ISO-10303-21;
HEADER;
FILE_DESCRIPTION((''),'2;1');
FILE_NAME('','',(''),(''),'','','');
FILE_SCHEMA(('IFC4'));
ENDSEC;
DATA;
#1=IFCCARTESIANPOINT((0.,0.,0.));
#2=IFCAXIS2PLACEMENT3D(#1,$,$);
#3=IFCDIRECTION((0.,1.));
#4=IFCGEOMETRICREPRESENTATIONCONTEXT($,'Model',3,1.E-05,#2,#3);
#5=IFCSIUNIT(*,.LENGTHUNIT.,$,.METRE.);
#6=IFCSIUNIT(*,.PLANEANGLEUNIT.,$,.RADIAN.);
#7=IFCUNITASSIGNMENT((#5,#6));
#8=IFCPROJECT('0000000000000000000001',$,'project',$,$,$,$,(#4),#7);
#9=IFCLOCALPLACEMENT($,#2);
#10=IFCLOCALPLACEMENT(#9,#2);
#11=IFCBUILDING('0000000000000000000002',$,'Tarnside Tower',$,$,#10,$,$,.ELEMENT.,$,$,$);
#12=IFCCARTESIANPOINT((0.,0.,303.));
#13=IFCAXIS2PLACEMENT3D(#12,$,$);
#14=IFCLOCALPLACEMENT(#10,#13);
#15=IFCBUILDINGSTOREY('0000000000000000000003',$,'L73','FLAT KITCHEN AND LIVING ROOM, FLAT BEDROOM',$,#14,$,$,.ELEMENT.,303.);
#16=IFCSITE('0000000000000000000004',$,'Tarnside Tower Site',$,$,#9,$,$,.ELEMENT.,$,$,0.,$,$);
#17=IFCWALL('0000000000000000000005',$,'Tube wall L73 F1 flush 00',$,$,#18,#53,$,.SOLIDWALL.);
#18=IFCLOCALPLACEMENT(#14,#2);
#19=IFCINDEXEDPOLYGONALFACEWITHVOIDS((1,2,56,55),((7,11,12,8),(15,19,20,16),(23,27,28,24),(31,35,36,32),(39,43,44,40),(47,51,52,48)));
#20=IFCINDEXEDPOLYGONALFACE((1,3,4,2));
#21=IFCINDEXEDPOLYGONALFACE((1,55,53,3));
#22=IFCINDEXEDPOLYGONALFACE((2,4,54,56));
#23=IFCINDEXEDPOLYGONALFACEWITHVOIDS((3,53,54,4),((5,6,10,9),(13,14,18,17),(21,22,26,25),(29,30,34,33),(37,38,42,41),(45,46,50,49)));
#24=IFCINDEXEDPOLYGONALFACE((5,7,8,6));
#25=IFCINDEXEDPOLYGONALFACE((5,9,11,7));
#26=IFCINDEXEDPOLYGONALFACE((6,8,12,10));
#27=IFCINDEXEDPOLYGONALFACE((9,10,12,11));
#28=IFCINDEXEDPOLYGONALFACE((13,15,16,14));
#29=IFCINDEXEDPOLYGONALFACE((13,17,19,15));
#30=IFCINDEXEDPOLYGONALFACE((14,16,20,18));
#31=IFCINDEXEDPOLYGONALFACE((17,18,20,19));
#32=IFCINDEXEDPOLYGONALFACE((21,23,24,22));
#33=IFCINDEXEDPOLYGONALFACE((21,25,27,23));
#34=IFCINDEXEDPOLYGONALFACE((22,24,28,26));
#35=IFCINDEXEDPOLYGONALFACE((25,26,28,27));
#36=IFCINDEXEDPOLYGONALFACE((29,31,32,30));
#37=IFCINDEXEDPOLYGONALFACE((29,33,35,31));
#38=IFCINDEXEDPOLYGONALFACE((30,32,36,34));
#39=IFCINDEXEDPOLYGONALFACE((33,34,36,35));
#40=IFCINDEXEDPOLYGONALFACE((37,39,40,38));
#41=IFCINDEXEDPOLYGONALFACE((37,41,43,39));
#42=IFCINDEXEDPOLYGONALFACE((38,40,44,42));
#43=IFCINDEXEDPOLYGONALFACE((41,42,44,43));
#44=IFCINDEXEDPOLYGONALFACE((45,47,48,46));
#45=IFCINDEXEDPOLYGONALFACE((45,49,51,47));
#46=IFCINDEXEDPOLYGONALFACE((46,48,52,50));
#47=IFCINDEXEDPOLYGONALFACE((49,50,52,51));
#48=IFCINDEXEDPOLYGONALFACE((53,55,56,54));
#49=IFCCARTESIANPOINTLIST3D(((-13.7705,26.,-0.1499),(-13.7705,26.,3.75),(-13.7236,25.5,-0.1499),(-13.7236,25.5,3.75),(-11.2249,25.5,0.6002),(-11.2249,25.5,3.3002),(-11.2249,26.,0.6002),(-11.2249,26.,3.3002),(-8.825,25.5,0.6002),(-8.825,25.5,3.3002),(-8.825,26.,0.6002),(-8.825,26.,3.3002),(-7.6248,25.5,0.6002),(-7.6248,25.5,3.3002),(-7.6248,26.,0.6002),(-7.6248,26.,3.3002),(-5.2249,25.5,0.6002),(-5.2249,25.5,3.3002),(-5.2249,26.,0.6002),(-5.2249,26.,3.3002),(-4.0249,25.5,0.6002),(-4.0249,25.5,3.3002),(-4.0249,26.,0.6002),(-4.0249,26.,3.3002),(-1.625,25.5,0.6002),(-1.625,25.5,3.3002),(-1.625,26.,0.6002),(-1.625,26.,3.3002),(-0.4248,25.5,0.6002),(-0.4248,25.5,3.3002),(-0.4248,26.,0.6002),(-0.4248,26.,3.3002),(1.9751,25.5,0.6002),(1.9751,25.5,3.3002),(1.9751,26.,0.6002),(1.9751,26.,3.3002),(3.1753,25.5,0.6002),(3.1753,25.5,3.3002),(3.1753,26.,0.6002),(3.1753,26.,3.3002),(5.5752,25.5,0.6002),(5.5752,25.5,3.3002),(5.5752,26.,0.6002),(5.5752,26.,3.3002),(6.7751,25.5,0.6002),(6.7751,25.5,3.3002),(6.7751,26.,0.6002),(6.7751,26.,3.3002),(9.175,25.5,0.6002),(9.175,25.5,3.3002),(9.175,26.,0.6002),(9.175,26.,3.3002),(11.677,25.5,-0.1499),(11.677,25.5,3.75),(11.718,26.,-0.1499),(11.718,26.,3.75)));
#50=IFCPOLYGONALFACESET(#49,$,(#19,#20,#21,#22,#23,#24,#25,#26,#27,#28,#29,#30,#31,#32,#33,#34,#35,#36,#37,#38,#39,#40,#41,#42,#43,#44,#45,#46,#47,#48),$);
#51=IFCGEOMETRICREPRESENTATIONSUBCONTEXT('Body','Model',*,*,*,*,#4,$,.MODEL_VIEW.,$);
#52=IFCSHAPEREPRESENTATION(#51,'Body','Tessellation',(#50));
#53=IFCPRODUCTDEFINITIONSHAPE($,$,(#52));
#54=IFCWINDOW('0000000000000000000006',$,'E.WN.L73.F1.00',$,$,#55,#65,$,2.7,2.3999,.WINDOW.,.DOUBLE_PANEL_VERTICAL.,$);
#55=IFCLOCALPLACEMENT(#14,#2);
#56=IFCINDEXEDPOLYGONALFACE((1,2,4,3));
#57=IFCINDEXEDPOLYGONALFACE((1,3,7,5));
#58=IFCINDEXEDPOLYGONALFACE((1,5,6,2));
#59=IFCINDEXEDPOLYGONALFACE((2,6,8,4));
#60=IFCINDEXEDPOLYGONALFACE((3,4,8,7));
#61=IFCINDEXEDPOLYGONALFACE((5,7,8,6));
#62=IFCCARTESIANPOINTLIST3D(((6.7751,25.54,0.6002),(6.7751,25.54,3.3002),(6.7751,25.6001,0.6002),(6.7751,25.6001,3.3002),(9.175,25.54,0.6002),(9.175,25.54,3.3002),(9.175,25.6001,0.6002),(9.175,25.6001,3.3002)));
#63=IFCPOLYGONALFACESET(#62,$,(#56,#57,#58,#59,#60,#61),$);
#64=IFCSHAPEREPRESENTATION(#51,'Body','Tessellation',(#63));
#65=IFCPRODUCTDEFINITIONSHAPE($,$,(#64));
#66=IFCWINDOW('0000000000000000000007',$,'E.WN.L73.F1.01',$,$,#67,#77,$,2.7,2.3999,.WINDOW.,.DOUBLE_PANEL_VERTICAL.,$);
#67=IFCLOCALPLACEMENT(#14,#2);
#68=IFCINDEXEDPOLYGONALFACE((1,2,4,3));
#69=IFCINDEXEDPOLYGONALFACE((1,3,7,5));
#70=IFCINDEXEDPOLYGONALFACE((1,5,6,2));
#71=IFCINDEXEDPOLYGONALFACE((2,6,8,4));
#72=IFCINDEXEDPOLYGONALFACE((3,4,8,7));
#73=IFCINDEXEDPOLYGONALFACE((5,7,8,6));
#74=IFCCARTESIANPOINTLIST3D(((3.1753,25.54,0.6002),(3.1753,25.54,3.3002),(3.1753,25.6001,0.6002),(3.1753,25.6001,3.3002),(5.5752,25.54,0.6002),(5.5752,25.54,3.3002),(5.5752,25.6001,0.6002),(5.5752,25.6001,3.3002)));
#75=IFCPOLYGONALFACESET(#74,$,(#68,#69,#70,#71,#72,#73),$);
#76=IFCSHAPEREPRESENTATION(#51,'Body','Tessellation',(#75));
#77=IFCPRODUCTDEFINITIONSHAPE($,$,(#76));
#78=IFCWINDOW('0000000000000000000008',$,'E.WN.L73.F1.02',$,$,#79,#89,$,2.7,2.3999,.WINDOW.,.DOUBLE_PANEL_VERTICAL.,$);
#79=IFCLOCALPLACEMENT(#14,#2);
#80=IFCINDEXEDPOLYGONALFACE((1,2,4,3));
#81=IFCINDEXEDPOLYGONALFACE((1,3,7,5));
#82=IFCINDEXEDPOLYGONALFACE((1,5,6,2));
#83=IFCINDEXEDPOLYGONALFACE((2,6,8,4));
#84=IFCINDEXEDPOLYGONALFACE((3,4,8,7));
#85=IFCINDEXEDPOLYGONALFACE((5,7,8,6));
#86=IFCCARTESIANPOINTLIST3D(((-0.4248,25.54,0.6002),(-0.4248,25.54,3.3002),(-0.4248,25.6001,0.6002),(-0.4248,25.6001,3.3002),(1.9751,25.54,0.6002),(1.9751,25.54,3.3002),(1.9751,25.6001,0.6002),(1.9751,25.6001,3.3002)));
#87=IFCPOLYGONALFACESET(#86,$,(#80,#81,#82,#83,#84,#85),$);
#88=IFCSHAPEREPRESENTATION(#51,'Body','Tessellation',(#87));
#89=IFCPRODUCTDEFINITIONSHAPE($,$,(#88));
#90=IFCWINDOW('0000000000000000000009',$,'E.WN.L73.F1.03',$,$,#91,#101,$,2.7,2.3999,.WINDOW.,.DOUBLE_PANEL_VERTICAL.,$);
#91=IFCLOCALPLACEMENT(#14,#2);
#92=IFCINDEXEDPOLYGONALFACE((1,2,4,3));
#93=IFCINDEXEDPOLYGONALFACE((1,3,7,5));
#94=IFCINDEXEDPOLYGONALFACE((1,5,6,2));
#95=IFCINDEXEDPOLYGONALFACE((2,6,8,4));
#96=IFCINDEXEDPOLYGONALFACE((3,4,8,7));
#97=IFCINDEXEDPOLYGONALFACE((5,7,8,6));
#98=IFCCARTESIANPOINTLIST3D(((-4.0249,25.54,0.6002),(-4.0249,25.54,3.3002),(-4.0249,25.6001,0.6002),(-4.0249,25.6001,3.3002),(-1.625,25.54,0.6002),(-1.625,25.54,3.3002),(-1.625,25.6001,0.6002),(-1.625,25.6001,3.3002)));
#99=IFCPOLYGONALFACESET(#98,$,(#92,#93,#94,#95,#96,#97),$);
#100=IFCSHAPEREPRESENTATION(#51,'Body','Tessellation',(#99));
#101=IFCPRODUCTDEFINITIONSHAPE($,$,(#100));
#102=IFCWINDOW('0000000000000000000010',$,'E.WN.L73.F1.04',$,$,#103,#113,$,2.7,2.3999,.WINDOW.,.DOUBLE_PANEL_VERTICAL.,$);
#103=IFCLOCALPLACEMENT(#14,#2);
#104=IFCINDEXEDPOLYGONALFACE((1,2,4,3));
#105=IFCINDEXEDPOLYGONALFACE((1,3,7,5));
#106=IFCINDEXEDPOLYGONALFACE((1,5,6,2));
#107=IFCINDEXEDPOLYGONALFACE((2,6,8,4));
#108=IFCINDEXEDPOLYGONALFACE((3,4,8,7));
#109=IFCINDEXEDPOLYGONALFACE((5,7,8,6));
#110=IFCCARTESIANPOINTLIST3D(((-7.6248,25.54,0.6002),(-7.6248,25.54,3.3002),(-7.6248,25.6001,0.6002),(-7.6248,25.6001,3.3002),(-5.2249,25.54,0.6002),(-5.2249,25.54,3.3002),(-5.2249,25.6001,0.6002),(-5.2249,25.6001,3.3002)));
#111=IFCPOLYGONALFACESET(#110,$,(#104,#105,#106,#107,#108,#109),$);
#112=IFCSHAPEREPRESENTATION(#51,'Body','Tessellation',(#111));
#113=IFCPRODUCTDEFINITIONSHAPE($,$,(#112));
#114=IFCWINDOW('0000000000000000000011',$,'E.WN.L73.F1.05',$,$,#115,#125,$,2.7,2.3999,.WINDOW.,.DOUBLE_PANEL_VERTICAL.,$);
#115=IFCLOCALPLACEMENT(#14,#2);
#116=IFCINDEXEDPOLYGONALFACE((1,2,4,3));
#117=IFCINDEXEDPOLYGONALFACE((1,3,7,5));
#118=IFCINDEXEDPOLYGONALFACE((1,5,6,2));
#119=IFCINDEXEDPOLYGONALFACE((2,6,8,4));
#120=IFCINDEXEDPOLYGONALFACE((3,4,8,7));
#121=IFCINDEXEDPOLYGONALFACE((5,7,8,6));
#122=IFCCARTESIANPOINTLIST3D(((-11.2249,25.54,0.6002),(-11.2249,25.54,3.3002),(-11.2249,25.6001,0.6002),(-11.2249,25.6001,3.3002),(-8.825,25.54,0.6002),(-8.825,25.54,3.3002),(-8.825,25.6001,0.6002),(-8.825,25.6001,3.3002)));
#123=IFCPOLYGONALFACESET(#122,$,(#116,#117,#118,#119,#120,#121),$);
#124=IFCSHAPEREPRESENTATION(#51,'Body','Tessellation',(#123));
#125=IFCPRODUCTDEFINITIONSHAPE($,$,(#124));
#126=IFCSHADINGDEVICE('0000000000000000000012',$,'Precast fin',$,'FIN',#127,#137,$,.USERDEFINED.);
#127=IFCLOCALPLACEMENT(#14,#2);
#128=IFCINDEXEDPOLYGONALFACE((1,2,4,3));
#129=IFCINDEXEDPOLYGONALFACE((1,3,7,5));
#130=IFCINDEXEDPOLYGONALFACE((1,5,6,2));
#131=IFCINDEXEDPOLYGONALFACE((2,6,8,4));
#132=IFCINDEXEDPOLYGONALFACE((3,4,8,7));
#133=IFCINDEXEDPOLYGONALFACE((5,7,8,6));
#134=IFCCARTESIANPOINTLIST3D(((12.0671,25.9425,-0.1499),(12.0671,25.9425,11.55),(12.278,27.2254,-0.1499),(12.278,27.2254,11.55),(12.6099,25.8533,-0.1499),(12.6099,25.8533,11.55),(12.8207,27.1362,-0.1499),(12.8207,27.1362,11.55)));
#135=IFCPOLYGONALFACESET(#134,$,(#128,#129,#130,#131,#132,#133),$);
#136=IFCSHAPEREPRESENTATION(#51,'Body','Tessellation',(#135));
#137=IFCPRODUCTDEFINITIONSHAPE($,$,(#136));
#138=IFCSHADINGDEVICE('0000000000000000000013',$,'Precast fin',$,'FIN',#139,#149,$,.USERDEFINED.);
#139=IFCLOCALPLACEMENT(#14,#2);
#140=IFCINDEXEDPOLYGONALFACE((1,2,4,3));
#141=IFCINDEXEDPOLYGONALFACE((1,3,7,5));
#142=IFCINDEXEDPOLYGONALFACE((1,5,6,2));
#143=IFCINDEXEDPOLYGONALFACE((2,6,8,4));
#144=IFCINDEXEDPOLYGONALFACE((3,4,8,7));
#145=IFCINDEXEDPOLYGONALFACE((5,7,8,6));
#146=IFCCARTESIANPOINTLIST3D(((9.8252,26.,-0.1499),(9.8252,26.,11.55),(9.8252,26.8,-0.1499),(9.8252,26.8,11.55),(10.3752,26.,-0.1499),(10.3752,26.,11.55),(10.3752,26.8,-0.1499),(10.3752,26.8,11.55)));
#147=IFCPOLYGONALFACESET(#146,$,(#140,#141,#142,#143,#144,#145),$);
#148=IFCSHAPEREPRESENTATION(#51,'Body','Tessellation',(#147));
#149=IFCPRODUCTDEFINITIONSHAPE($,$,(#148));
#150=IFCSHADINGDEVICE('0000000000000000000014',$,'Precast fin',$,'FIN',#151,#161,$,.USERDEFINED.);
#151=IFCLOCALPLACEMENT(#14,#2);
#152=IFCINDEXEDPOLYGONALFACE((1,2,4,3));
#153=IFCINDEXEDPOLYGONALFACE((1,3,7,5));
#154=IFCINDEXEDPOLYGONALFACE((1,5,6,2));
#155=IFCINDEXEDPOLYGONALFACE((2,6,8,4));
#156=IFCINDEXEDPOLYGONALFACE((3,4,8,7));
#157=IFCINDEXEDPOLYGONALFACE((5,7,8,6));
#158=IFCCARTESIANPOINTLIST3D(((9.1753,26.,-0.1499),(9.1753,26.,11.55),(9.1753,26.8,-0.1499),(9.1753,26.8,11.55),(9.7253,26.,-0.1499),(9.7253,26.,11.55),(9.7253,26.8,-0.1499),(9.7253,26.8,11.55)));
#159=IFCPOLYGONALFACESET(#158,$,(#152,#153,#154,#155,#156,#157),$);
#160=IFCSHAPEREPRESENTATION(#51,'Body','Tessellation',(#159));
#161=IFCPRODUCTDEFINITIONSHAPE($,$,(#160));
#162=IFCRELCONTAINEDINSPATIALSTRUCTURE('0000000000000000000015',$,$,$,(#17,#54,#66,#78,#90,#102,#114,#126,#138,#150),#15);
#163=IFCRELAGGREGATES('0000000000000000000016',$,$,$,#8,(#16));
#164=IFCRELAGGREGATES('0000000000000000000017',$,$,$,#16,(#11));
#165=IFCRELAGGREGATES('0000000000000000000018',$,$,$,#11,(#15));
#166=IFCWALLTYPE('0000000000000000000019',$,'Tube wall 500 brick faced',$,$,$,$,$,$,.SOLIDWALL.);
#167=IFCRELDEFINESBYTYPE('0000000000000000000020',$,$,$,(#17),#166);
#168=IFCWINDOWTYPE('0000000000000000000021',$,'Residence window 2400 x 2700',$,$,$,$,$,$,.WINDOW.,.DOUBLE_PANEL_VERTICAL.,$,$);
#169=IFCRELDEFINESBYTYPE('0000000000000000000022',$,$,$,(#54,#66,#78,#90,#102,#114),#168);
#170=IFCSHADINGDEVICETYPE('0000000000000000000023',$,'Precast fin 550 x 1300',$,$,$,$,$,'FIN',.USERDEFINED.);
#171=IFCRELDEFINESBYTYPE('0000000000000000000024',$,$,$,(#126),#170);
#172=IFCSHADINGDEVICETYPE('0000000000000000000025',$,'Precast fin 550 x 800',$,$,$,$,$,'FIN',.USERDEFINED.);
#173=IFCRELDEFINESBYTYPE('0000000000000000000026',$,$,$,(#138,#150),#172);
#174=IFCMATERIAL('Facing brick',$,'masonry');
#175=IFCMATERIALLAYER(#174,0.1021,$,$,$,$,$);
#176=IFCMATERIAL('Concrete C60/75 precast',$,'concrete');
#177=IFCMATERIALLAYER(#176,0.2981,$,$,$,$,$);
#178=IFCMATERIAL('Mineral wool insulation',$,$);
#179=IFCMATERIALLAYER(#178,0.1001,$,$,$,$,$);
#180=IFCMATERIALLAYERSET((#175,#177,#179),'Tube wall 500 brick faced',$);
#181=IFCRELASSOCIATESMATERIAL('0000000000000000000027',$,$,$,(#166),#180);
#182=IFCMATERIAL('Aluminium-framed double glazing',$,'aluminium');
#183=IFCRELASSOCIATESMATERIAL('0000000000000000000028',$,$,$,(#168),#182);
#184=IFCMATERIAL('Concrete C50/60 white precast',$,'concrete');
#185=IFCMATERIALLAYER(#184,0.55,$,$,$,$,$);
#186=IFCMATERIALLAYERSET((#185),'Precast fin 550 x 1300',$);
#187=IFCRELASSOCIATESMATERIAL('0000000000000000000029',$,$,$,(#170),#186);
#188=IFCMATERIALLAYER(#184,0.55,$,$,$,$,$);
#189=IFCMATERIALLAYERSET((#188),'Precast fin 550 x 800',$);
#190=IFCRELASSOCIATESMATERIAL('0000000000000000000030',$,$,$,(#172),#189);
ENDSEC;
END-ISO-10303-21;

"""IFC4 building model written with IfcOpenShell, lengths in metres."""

from ifc_helpers import new_model, si_unit, direction, frame, frame_2d, origin, place, context, subcontext, project, spatial, polyline, rectangle, outline, extrude, material, layer, layer_set, type_object, element, fill, save


model = new_model("IFC4")

# Units and contexts
model_context = context("Model", 3, precision=1e-05, world=origin(), true_north=direction((0.0, 1.0)))
body_context = subcontext(model_context, "Body", "Model", "MODEL_VIEW")
ifc_project = project(units=[si_unit("LENGTHUNIT", "METRE"), si_unit("PLANEANGLEUNIT", "RADIAN")], contexts=[model_context])

# Site, building, storey
site_placement = place(None, origin())
site = spatial("IfcSite", under=ifc_project, at=site_placement, Name="Tarnside Tower Site", CompositionType="ELEMENT", RefElevation=0.0)
building_placement = place(site_placement, origin())
building = spatial("IfcBuilding", under=site, at=building_placement, Name="Tarnside Tower", CompositionType="ELEMENT")
storey_placement = place(building_placement, frame((0.0, 0.0, 303.0)))
storey = spatial("IfcBuildingStorey", under=building, at=storey_placement, Name="L73", Description="FLAT KITCHEN AND LIVING ROOM, FLAT BEDROOM", CompositionType="ELEMENT", Elevation=303.0)

# Wall, openings, windows
ifc_material_1 = material(Name="Facing brick", Category="masonry")
ifc_layer_1 = layer(ifc_material_1, 0.1021)
ifc_material_2 = material(Name="Concrete C60/75 precast", Category="concrete")
ifc_layer_2 = layer(ifc_material_2, 0.2981)
ifc_material_3 = material(Name="Mineral wool insulation")
ifc_layer_3 = layer(ifc_material_3, 0.1001)
ifc_layer_set_1 = layer_set([ifc_layer_1, ifc_layer_2, ifc_layer_3], Name="Tube wall 500 brick faced")
wall_type_1 = type_object("IfcWallType", Name="Tube wall 500 brick faced", PredefinedType="SOLIDWALL", material=ifc_layer_set_1)
wall_1_placement = place(storey_placement, frame((11.6975, 25.75, -0.1499), z_axis=(0.0, 0.0, 1.0), x_axis=(-1.0, 0.0, 0.0)))
wall_1 = element("IfcWall", 1, at=wall_1_placement, inside=storey, type_object=wall_type_1, Name="Tube wall L73 F1 flush 00", PredefinedType="SOLIDWALL", context=body_context, shape_type="SweptSolid", body=[
    extrude(outline(polyline([(-0.0205, -0.25), (25.468, -0.25), (25.4211, 0.25), (0.0205, 0.25), (-0.0205, -0.25)])), origin(), (0.0, 0.0, 1.0), 3.8999),
])
opening_1_placement = place(wall_1_placement, frame((2.5225, 0.0, 0.75)))
opening_1 = element("IfcOpeningElement", 2, at=opening_1_placement, cuts=wall_1, PredefinedType="OPENING", context=body_context, shape_type="SweptSolid", body=[
    extrude(rectangle(XDim=2.3999, YDim=2.7, at=frame_2d((1.2, 1.3501))), frame((0.0, 0.26, 0.0), z_axis=(0.0, -1.0, 0.0), x_axis=(1.0, 0.0, 0.0)), (0.0, 0.0, 1.0), 0.52),
])
opening_2_placement = place(wall_1_placement, frame((6.1223, 0.0, 0.75)))
opening_2 = element("IfcOpeningElement", 3, at=opening_2_placement, cuts=wall_1, PredefinedType="OPENING", context=body_context, shape_type="SweptSolid", body=[
    extrude(rectangle(XDim=2.3999, YDim=2.7, at=frame_2d((1.2, 1.3501))), frame((0.0, 0.26, 0.0), z_axis=(0.0, -1.0, 0.0), x_axis=(1.0, 0.0, 0.0)), (0.0, 0.0, 1.0), 0.52),
])
opening_3_placement = place(wall_1_placement, frame((9.7224, 0.0, 0.75)))
opening_3 = element("IfcOpeningElement", 4, at=opening_3_placement, cuts=wall_1, PredefinedType="OPENING", context=body_context, shape_type="SweptSolid", body=[
    extrude(rectangle(XDim=2.3999, YDim=2.7, at=frame_2d((1.2, 1.3501))), frame((0.0, 0.26, 0.0), z_axis=(0.0, -1.0, 0.0), x_axis=(1.0, 0.0, 0.0)), (0.0, 0.0, 1.0), 0.52),
])
opening_4_placement = place(wall_1_placement, frame((13.3225, 0.0, 0.75)))
opening_4 = element("IfcOpeningElement", 5, at=opening_4_placement, cuts=wall_1, PredefinedType="OPENING", context=body_context, shape_type="SweptSolid", body=[
    extrude(rectangle(XDim=2.3999, YDim=2.7, at=frame_2d((1.2, 1.3501))), frame((0.0, 0.26, 0.0), z_axis=(0.0, -1.0, 0.0), x_axis=(1.0, 0.0, 0.0)), (0.0, 0.0, 1.0), 0.52),
])
opening_5_placement = place(wall_1_placement, frame((16.9224, 0.0, 0.75)))
opening_5 = element("IfcOpeningElement", 6, at=opening_5_placement, cuts=wall_1, PredefinedType="OPENING", context=body_context, shape_type="SweptSolid", body=[
    extrude(rectangle(XDim=2.3999, YDim=2.7, at=frame_2d((1.2, 1.3501))), frame((0.0, 0.26, 0.0), z_axis=(0.0, -1.0, 0.0), x_axis=(1.0, 0.0, 0.0)), (0.0, 0.0, 1.0), 0.52),
])
opening_6_placement = place(wall_1_placement, frame((20.5225, 0.0, 0.75)))
opening_6 = element("IfcOpeningElement", 7, at=opening_6_placement, cuts=wall_1, PredefinedType="OPENING", context=body_context, shape_type="SweptSolid", body=[
    extrude(rectangle(XDim=2.3999, YDim=2.7, at=frame_2d((1.2, 1.3501))), frame((0.0, 0.26, 0.0), z_axis=(0.0, -1.0, 0.0), x_axis=(1.0, 0.0, 0.0)), (0.0, 0.0, 1.0), 0.52),
])
ifc_material_4 = material(Name="Aluminium-framed double glazing", Category="aluminium")
window_type = type_object("IfcWindowType", Name="Residence window 2400 x 2700", PartitioningType="DOUBLE_PANEL_VERTICAL", PredefinedType="WINDOW", material=ifc_material_4)
window_1_placement = place(opening_1_placement, frame((0.0, 0.1799, 0.0)))
window_1 = element("IfcWindow", 8, at=window_1_placement, inside=storey, type_object=window_type, Name="E.WN.L73.F1.00", OverallHeight=2.7, OverallWidth=2.3999, PartitioningType="DOUBLE_PANEL_VERTICAL", PredefinedType="WINDOW", context=body_context, shape_type="SweptSolid", body=[
    extrude(rectangle(XDim=2.3999, YDim=2.7, at=frame_2d((1.2, 1.3501))), frame((0.0, 0.03, 0.0), z_axis=(0.0, -1.0, 0.0), x_axis=(1.0, 0.0, 0.0)), (0.0, 0.0, 1.0), 0.0601),
])
fill(opening_1, window_1)
window_2_placement = place(opening_2_placement, frame((0.0, 0.1799, 0.0)))
window_2 = element("IfcWindow", 9, at=window_2_placement, inside=storey, type_object=window_type, Name="E.WN.L73.F1.01", OverallHeight=2.7, OverallWidth=2.3999, PartitioningType="DOUBLE_PANEL_VERTICAL", PredefinedType="WINDOW", context=body_context, shape_type="SweptSolid", body=[
    extrude(rectangle(XDim=2.3999, YDim=2.7, at=frame_2d((1.2, 1.3501))), frame((0.0, 0.03, 0.0), z_axis=(0.0, -1.0, 0.0), x_axis=(1.0, 0.0, 0.0)), (0.0, 0.0, 1.0), 0.0601),
])
fill(opening_2, window_2)
window_3_placement = place(opening_3_placement, frame((0.0, 0.1799, 0.0)))
window_3 = element("IfcWindow", 10, at=window_3_placement, inside=storey, type_object=window_type, Name="E.WN.L73.F1.02", OverallHeight=2.7, OverallWidth=2.3999, PartitioningType="DOUBLE_PANEL_VERTICAL", PredefinedType="WINDOW", context=body_context, shape_type="SweptSolid", body=[
    extrude(rectangle(XDim=2.3999, YDim=2.7, at=frame_2d((1.2, 1.3501))), frame((0.0, 0.03, 0.0), z_axis=(0.0, -1.0, 0.0), x_axis=(1.0, 0.0, 0.0)), (0.0, 0.0, 1.0), 0.0601),
])
fill(opening_3, window_3)
window_4_placement = place(opening_4_placement, frame((0.0, 0.1799, 0.0)))
window_4 = element("IfcWindow", 11, at=window_4_placement, inside=storey, type_object=window_type, Name="E.WN.L73.F1.03", OverallHeight=2.7, OverallWidth=2.3999, PartitioningType="DOUBLE_PANEL_VERTICAL", PredefinedType="WINDOW", context=body_context, shape_type="SweptSolid", body=[
    extrude(rectangle(XDim=2.3999, YDim=2.7, at=frame_2d((1.2, 1.3501))), frame((0.0, 0.03, 0.0), z_axis=(0.0, -1.0, 0.0), x_axis=(1.0, 0.0, 0.0)), (0.0, 0.0, 1.0), 0.0601),
])
fill(opening_4, window_4)
window_5_placement = place(opening_5_placement, frame((0.0, 0.1799, 0.0)))
window_5 = element("IfcWindow", 12, at=window_5_placement, inside=storey, type_object=window_type, Name="E.WN.L73.F1.04", OverallHeight=2.7, OverallWidth=2.3999, PartitioningType="DOUBLE_PANEL_VERTICAL", PredefinedType="WINDOW", context=body_context, shape_type="SweptSolid", body=[
    extrude(rectangle(XDim=2.3999, YDim=2.7, at=frame_2d((1.2, 1.3501))), frame((0.0, 0.03, 0.0), z_axis=(0.0, -1.0, 0.0), x_axis=(1.0, 0.0, 0.0)), (0.0, 0.0, 1.0), 0.0601),
])
fill(opening_5, window_5)
window_6_placement = place(opening_6_placement, frame((0.0, 0.1799, 0.0)))
window_6 = element("IfcWindow", 13, at=window_6_placement, inside=storey, type_object=window_type, Name="E.WN.L73.F1.05", OverallHeight=2.7, OverallWidth=2.3999, PartitioningType="DOUBLE_PANEL_VERTICAL", PredefinedType="WINDOW", context=body_context, shape_type="SweptSolid", body=[
    extrude(rectangle(XDim=2.3999, YDim=2.7, at=frame_2d((1.2, 1.3501))), frame((0.0, 0.03, 0.0), z_axis=(0.0, -1.0, 0.0), x_axis=(1.0, 0.0, 0.0)), (0.0, 0.0, 1.0), 0.0601),
])
fill(opening_6, window_6)

# Shading devices
ifc_material_5 = material(Name="Concrete C50/60 white precast", Category="concrete")
ifc_layer_4 = layer(ifc_material_5, 0.55)
ifc_layer_set_2 = layer_set([ifc_layer_4], Name="Precast fin 550 x 1300")
shading_device_type_1 = type_object("IfcShadingDeviceType", Name="Precast fin 550 x 1300", ElementType="FIN", PredefinedType="USERDEFINED", material=ifc_layer_set_2)
shading_device_placement = place(storey_placement, frame((12.3384, 25.8979, -0.1499), z_axis=(0.986762, -0.162178, 0.0), x_axis=(0.162178, 0.986762, 0.0)))
element("IfcShadingDevice", 14, at=shading_device_placement, inside=storey, type_object=shading_device_type_1, Name="Precast fin", ObjectType="FIN", PredefinedType="USERDEFINED", context=body_context, shape_type="SweptSolid", body=[
    extrude(outline(polyline([(0.0, 0.0), (1.3, 0.0), (1.3, 11.7), (0.0, 11.7), (0.0, 0.0)])), frame((0.0, 0.0, -0.2749)), (0.0, 0.0, 1.0), 0.55),
])
ifc_layer_5 = layer(ifc_material_5, 0.55)
ifc_layer_set_3 = layer_set([ifc_layer_5], Name="Precast fin 550 x 800")
shading_device_type_2 = type_object("IfcShadingDeviceType", Name="Precast fin 550 x 800", ElementType="FIN", PredefinedType="USERDEFINED", material=ifc_layer_set_3)
for number, where, z_axis, x_axis, name in (
    (15, (10.1001, 26.0, -0.1499), (1.0, 0.0, 0.0), (0.0, 1.0, 0.0), "Precast fin"),
    (16, (9.4502, 26.0, -0.1499), (1.0, 0.0, 0.0), (0.0, 1.0, 0.0), "Precast fin"),
):
    element("IfcShadingDevice", number, at=place(storey_placement, frame(where, z_axis=z_axis, x_axis=x_axis)), inside=storey, type_object=shading_device_type_2, Name=name, ObjectType="FIN", PredefinedType="USERDEFINED", context=body_context, shape_type="SweptSolid", body=[
        extrude(outline(polyline([(0.0, 0.0), (0.8, 0.0), (0.8, 11.7), (0.0, 11.7), (0.0, 0.0)])), frame((0.0, 0.0, -0.2749)), (0.0, 0.0, 1.0), 0.55),
    ])

save(model, "model.ifc")
